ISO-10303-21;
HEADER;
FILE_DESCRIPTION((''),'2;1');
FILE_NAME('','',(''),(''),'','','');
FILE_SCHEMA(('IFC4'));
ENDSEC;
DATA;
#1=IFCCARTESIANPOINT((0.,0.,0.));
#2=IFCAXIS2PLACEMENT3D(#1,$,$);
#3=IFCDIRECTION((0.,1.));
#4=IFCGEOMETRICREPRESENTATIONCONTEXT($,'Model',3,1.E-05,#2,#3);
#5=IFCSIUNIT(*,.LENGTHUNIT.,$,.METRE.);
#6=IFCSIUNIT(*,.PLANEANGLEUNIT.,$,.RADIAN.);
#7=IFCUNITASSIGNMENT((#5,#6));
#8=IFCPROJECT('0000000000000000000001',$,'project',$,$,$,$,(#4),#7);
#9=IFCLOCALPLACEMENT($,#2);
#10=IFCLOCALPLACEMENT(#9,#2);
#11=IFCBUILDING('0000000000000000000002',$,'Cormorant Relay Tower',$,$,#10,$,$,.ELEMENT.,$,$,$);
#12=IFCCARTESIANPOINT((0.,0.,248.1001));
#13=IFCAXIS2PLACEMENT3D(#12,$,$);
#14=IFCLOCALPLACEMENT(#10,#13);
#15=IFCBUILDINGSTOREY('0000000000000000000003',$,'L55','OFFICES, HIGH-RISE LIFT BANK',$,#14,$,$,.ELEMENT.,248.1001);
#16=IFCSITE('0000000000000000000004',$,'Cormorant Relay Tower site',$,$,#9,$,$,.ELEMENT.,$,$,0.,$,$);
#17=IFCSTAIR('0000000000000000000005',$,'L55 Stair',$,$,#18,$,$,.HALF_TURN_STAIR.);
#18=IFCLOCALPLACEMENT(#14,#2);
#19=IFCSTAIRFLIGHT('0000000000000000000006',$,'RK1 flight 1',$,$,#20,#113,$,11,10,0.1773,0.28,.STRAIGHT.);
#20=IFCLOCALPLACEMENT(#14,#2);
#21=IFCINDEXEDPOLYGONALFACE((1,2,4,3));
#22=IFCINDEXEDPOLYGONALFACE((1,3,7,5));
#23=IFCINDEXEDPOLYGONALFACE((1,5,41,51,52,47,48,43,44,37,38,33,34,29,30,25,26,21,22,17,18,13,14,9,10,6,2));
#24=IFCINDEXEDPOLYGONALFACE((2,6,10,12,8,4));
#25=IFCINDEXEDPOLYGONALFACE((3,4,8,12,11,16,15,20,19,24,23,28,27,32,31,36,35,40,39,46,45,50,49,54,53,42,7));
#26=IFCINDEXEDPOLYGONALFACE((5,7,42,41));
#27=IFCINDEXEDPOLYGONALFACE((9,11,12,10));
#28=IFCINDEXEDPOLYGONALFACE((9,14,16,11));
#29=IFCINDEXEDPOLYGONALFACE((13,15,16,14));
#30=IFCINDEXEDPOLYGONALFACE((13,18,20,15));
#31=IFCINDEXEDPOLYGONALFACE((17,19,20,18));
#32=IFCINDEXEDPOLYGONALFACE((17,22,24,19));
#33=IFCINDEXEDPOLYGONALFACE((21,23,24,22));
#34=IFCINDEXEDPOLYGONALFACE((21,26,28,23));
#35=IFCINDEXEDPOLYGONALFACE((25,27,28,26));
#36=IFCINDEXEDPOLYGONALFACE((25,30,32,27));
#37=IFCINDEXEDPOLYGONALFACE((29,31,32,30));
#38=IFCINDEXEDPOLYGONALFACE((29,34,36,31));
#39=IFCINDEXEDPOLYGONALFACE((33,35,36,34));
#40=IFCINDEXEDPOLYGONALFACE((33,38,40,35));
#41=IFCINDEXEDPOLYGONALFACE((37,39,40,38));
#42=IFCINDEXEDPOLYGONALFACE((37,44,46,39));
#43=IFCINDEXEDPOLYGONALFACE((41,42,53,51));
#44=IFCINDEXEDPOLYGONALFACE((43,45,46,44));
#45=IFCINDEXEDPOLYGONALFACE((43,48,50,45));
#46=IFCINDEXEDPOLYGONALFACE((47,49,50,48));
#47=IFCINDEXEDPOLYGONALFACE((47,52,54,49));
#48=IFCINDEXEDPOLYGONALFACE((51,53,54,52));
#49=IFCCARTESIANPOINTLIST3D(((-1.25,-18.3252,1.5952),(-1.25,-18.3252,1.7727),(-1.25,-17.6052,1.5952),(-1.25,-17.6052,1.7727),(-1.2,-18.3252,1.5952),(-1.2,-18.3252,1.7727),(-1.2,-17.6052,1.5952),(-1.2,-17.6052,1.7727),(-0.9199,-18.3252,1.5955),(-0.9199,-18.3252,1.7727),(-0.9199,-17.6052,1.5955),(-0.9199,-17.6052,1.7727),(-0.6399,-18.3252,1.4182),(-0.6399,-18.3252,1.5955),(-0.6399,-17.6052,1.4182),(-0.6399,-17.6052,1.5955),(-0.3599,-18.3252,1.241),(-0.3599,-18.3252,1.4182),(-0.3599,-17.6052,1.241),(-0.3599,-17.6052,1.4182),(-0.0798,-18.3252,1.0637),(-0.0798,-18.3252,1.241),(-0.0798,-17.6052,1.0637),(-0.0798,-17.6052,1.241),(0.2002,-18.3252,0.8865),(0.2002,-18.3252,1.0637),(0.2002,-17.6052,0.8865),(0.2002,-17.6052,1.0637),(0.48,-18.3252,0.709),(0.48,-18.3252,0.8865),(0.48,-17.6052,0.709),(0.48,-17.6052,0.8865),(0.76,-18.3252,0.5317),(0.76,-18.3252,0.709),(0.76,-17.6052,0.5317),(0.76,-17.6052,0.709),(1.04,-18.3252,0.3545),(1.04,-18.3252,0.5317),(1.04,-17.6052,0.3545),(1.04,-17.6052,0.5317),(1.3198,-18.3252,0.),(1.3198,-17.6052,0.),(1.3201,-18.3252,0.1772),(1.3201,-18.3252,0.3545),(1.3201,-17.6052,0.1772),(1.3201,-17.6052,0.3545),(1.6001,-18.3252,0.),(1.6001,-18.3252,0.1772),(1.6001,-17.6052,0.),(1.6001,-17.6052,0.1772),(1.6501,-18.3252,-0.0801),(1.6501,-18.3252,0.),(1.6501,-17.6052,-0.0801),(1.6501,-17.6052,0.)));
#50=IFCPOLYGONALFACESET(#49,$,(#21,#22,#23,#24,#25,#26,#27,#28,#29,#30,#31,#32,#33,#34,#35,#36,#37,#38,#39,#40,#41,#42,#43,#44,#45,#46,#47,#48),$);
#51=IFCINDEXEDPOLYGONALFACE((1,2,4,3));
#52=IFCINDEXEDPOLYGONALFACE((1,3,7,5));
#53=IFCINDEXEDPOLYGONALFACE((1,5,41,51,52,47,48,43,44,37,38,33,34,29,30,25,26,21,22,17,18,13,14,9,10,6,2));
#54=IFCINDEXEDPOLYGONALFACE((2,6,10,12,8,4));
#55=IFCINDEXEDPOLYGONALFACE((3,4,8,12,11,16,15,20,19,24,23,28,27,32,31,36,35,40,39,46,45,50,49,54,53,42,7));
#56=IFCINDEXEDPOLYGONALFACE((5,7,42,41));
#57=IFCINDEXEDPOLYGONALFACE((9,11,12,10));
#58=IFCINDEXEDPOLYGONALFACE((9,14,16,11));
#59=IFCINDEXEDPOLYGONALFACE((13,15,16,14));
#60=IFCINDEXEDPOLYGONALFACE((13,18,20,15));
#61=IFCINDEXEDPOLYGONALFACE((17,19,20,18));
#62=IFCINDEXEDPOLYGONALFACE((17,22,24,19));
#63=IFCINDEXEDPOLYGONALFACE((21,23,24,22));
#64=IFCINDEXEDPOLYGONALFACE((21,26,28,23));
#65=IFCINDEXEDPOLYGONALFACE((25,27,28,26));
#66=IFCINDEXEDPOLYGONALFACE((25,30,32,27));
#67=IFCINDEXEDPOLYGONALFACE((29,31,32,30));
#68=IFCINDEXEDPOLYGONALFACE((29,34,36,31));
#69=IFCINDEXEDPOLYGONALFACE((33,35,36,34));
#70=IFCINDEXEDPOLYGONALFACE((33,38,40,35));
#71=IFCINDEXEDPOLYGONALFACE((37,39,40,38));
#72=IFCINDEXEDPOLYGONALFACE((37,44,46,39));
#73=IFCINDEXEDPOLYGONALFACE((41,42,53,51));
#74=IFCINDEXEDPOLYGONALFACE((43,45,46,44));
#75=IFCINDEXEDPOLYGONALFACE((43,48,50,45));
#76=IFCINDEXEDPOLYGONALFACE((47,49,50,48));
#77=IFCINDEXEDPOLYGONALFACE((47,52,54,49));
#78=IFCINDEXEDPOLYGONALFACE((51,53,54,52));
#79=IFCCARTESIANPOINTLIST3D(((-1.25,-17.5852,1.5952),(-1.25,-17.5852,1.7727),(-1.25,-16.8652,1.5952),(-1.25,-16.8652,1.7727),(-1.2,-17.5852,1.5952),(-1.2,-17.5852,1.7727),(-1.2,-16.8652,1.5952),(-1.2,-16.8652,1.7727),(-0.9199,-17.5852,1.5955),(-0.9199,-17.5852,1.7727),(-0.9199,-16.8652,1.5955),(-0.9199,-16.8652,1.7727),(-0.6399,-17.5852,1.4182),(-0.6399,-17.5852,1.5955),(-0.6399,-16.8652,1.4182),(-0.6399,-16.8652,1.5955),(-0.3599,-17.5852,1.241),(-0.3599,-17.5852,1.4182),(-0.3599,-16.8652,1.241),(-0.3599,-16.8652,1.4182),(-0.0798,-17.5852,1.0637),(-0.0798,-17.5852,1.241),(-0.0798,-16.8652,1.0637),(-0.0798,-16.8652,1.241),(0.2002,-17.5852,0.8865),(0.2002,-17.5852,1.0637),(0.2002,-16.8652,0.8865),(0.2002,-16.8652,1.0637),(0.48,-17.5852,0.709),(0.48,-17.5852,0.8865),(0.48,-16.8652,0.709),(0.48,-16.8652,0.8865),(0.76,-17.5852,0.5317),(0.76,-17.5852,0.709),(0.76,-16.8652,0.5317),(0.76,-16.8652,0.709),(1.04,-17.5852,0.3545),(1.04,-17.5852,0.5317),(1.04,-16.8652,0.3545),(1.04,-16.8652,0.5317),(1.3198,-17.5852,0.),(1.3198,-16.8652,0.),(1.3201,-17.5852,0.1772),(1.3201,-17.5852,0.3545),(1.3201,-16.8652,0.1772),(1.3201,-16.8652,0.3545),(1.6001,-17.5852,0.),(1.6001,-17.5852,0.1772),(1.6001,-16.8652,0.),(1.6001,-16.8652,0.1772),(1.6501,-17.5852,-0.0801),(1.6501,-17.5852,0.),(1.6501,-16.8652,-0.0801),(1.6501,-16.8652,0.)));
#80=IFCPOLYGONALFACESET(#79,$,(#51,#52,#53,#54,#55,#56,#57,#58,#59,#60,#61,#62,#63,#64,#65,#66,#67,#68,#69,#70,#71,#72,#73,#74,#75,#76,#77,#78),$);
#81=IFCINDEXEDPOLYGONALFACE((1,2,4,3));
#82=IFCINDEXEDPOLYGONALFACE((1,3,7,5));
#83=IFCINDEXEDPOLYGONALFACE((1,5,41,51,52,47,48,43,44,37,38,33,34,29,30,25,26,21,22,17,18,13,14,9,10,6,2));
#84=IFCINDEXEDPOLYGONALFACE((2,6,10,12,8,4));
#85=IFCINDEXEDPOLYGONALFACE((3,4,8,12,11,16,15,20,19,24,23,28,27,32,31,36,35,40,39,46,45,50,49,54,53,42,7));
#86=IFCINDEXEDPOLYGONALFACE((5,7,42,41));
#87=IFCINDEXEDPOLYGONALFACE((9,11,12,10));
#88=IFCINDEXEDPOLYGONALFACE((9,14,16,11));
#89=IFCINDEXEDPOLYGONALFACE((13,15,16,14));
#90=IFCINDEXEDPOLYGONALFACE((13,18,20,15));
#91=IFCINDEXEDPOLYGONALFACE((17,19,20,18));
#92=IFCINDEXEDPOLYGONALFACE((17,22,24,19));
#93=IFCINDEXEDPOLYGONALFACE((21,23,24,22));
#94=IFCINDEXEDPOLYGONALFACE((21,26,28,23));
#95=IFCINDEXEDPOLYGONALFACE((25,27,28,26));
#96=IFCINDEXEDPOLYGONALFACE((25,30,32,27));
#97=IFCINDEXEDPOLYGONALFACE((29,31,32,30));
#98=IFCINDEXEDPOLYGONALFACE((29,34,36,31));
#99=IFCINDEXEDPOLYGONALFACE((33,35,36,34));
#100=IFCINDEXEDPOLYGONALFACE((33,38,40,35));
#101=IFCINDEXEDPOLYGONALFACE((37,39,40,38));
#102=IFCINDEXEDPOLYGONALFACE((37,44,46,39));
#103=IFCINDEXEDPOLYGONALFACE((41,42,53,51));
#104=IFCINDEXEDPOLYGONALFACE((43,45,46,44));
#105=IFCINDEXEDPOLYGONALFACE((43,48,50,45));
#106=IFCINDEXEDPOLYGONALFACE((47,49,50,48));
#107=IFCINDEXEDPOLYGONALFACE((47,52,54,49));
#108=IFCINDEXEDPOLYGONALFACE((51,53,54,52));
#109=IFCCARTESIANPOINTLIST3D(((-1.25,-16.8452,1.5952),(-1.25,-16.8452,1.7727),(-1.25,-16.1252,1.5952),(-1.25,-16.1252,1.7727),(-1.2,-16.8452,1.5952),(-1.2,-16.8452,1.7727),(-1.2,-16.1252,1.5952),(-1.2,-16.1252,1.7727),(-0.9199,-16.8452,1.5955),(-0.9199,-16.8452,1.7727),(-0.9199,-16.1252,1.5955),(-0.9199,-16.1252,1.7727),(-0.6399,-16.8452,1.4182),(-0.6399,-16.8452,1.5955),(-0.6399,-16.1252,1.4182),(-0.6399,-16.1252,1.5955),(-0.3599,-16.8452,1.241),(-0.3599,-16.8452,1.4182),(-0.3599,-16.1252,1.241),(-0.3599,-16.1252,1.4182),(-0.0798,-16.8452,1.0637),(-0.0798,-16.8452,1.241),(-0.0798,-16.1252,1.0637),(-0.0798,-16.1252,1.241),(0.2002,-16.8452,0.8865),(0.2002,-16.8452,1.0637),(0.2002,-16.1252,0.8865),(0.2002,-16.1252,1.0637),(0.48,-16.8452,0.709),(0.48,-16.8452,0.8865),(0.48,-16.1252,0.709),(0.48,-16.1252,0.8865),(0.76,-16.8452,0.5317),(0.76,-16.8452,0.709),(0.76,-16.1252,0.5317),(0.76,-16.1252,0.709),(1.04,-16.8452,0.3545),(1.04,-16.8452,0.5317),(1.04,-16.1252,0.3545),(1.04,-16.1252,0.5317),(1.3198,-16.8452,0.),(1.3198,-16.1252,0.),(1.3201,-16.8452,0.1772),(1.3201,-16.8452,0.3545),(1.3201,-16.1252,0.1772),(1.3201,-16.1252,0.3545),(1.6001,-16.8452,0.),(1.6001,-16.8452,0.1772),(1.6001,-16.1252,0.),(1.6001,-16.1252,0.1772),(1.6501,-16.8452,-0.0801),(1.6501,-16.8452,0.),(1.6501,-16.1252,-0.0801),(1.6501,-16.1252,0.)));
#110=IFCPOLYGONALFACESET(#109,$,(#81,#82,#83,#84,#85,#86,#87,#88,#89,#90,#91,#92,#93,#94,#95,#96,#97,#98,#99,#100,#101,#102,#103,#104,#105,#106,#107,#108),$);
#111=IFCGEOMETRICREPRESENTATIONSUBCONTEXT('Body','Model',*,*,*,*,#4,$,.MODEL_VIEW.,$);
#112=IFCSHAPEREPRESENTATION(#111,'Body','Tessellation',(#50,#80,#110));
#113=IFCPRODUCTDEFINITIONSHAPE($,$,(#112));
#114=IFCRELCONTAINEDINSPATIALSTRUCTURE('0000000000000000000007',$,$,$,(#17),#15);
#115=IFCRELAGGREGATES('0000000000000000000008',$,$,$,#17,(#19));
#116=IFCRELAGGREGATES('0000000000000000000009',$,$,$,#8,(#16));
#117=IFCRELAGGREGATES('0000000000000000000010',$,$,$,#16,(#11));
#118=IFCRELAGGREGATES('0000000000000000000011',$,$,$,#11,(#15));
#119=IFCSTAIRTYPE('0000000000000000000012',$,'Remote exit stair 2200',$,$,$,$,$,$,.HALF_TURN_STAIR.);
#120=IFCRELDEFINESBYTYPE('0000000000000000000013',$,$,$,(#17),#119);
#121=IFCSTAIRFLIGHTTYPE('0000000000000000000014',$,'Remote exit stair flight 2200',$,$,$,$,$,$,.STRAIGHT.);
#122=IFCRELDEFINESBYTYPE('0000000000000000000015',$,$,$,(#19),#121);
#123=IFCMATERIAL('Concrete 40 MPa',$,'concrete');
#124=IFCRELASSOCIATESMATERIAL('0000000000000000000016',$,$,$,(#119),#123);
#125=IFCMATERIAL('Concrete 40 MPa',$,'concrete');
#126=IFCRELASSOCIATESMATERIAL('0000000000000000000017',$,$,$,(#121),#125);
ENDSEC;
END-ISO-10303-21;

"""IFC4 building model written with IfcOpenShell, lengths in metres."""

from ifc_helpers import new_model, si_unit, direction, frame, origin, place, context, subcontext, project, spatial, polyline, outline, extrude, material, type_object, element, aggregate, save


model = new_model("IFC4")

# Units and contexts
model_context = context("Model", 3, precision=1e-05, world=origin(), true_north=direction((0.0, 1.0)))
body_context = subcontext(model_context, "Body", "Model", "MODEL_VIEW")
ifc_project = project(units=[si_unit("LENGTHUNIT", "METRE"), si_unit("PLANEANGLEUNIT", "RADIAN")], contexts=[model_context])

# Site, building, storey
site_placement = place(None, origin())
site = spatial("IfcSite", under=ifc_project, at=site_placement, Name="Cormorant Relay Tower site", CompositionType="ELEMENT", RefElevation=0.0)
building_placement = place(site_placement, origin())
building = spatial("IfcBuilding", under=site, at=building_placement, Name="Cormorant Relay Tower", CompositionType="ELEMENT")
storey_placement = place(building_placement, frame((0.0, 0.0, 248.1001)))
storey = spatial("IfcBuildingStorey", under=building, at=storey_placement, Name="L55", Description="OFFICES, HIGH-RISE LIFT BANK", CompositionType="ELEMENT", Elevation=248.1001)

# Stair, stair flight
ifc_material_1 = material(Name="Concrete 40 MPa", Category="concrete")
stair_type = type_object("IfcStairType", Name="Remote exit stair 2200", PredefinedType="HALF_TURN_STAIR", material=ifc_material_1)
stair_placement = place(storey_placement, origin())
stair = element("IfcStair", 1, at=stair_placement, inside=storey, type_object=stair_type, Name="L55 Stair", PredefinedType="HALF_TURN_STAIR")
ifc_material_2 = material(Name="Concrete 40 MPa", Category="concrete")
stair_flight_type = type_object("IfcStairFlightType", Name="Remote exit stair flight 2200", PredefinedType="STRAIGHT", material=ifc_material_2)
stair_flight_1_placement = place(storey_placement, frame((1.6001, -17.2251, 0.0), z_axis=(0.0, 0.0, 1.0), x_axis=(-1.0, 0.0, 0.0)))
stair_flight_1 = element("IfcStairFlight", 2, at=stair_flight_1_placement, type_object=stair_flight_type, Name="RK1 flight 1", NumberOfRisers=11, NumberOfTreads=10, PredefinedType="STRAIGHT", RiserHeight=0.1773, TreadLength=0.28, context=body_context, shape_type="SweptSolid", body=[
    extrude(outline(polyline([(-0.05, -0.0801), (-0.05, 0.0), (0.0, 0.0), (0.0, 0.1772), (0.28, 0.1772), (0.28, 0.3545), (0.5601, 0.3545), (0.5601, 0.5317), (0.8401, 0.5317), (0.8401, 0.709), (1.1201, 0.709), (1.1201, 0.8865), (1.3999, 0.8865), (1.3999, 1.0637), (1.6799, 1.0637), (1.6799, 1.241), (1.96, 1.241), (1.96, 1.4182), (2.24, 1.4182), (2.24, 1.5955), (2.52, 1.5955), (2.52, 1.7727), (2.8, 1.7727), (2.8501, 1.7727), (2.8501, 1.5952), (2.8, 1.5952), (0.2803, 0.0), (-0.05, -0.0801)])), frame((0.0, 1.1001, 0.0), z_axis=(0.0, -1.0, 0.0), x_axis=(1.0, 0.0, 0.0)), (0.0, 0.0, 1.0), 0.72),
    extrude(outline(polyline([(-0.05, -0.0801), (-0.05, 0.0), (0.0, 0.0), (0.0, 0.1772), (0.28, 0.1772), (0.28, 0.3545), (0.5601, 0.3545), (0.5601, 0.5317), (0.8401, 0.5317), (0.8401, 0.709), (1.1201, 0.709), (1.1201, 0.8865), (1.3999, 0.8865), (1.3999, 1.0637), (1.6799, 1.0637), (1.6799, 1.241), (1.96, 1.241), (1.96, 1.4182), (2.24, 1.4182), (2.24, 1.5955), (2.52, 1.5955), (2.52, 1.7727), (2.8, 1.7727), (2.8501, 1.7727), (2.8501, 1.5952), (2.8, 1.5952), (0.2803, 0.0), (-0.05, -0.0801)])), frame((0.0, 0.3601, 0.0), z_axis=(0.0, -1.0, 0.0), x_axis=(1.0, 0.0, 0.0)), (0.0, 0.0, 1.0), 0.72),
    extrude(outline(polyline([(-0.05, -0.0801), (-0.05, 0.0), (0.0, 0.0), (0.0, 0.1772), (0.28, 0.1772), (0.28, 0.3545), (0.5601, 0.3545), (0.5601, 0.5317), (0.8401, 0.5317), (0.8401, 0.709), (1.1201, 0.709), (1.1201, 0.8865), (1.3999, 0.8865), (1.3999, 1.0637), (1.6799, 1.0637), (1.6799, 1.241), (1.96, 1.241), (1.96, 1.4182), (2.24, 1.4182), (2.24, 1.5955), (2.52, 1.5955), (2.52, 1.7727), (2.8, 1.7727), (2.8501, 1.7727), (2.8501, 1.5952), (2.8, 1.5952), (0.2803, 0.0), (-0.05, -0.0801)])), frame((0.0, -0.3799, 0.0), z_axis=(0.0, -1.0, 0.0), x_axis=(1.0, 0.0, 0.0)), (0.0, 0.0, 1.0), 0.72),
])
aggregate(stair, [stair_flight_1])

save(model, "model.ifc")
